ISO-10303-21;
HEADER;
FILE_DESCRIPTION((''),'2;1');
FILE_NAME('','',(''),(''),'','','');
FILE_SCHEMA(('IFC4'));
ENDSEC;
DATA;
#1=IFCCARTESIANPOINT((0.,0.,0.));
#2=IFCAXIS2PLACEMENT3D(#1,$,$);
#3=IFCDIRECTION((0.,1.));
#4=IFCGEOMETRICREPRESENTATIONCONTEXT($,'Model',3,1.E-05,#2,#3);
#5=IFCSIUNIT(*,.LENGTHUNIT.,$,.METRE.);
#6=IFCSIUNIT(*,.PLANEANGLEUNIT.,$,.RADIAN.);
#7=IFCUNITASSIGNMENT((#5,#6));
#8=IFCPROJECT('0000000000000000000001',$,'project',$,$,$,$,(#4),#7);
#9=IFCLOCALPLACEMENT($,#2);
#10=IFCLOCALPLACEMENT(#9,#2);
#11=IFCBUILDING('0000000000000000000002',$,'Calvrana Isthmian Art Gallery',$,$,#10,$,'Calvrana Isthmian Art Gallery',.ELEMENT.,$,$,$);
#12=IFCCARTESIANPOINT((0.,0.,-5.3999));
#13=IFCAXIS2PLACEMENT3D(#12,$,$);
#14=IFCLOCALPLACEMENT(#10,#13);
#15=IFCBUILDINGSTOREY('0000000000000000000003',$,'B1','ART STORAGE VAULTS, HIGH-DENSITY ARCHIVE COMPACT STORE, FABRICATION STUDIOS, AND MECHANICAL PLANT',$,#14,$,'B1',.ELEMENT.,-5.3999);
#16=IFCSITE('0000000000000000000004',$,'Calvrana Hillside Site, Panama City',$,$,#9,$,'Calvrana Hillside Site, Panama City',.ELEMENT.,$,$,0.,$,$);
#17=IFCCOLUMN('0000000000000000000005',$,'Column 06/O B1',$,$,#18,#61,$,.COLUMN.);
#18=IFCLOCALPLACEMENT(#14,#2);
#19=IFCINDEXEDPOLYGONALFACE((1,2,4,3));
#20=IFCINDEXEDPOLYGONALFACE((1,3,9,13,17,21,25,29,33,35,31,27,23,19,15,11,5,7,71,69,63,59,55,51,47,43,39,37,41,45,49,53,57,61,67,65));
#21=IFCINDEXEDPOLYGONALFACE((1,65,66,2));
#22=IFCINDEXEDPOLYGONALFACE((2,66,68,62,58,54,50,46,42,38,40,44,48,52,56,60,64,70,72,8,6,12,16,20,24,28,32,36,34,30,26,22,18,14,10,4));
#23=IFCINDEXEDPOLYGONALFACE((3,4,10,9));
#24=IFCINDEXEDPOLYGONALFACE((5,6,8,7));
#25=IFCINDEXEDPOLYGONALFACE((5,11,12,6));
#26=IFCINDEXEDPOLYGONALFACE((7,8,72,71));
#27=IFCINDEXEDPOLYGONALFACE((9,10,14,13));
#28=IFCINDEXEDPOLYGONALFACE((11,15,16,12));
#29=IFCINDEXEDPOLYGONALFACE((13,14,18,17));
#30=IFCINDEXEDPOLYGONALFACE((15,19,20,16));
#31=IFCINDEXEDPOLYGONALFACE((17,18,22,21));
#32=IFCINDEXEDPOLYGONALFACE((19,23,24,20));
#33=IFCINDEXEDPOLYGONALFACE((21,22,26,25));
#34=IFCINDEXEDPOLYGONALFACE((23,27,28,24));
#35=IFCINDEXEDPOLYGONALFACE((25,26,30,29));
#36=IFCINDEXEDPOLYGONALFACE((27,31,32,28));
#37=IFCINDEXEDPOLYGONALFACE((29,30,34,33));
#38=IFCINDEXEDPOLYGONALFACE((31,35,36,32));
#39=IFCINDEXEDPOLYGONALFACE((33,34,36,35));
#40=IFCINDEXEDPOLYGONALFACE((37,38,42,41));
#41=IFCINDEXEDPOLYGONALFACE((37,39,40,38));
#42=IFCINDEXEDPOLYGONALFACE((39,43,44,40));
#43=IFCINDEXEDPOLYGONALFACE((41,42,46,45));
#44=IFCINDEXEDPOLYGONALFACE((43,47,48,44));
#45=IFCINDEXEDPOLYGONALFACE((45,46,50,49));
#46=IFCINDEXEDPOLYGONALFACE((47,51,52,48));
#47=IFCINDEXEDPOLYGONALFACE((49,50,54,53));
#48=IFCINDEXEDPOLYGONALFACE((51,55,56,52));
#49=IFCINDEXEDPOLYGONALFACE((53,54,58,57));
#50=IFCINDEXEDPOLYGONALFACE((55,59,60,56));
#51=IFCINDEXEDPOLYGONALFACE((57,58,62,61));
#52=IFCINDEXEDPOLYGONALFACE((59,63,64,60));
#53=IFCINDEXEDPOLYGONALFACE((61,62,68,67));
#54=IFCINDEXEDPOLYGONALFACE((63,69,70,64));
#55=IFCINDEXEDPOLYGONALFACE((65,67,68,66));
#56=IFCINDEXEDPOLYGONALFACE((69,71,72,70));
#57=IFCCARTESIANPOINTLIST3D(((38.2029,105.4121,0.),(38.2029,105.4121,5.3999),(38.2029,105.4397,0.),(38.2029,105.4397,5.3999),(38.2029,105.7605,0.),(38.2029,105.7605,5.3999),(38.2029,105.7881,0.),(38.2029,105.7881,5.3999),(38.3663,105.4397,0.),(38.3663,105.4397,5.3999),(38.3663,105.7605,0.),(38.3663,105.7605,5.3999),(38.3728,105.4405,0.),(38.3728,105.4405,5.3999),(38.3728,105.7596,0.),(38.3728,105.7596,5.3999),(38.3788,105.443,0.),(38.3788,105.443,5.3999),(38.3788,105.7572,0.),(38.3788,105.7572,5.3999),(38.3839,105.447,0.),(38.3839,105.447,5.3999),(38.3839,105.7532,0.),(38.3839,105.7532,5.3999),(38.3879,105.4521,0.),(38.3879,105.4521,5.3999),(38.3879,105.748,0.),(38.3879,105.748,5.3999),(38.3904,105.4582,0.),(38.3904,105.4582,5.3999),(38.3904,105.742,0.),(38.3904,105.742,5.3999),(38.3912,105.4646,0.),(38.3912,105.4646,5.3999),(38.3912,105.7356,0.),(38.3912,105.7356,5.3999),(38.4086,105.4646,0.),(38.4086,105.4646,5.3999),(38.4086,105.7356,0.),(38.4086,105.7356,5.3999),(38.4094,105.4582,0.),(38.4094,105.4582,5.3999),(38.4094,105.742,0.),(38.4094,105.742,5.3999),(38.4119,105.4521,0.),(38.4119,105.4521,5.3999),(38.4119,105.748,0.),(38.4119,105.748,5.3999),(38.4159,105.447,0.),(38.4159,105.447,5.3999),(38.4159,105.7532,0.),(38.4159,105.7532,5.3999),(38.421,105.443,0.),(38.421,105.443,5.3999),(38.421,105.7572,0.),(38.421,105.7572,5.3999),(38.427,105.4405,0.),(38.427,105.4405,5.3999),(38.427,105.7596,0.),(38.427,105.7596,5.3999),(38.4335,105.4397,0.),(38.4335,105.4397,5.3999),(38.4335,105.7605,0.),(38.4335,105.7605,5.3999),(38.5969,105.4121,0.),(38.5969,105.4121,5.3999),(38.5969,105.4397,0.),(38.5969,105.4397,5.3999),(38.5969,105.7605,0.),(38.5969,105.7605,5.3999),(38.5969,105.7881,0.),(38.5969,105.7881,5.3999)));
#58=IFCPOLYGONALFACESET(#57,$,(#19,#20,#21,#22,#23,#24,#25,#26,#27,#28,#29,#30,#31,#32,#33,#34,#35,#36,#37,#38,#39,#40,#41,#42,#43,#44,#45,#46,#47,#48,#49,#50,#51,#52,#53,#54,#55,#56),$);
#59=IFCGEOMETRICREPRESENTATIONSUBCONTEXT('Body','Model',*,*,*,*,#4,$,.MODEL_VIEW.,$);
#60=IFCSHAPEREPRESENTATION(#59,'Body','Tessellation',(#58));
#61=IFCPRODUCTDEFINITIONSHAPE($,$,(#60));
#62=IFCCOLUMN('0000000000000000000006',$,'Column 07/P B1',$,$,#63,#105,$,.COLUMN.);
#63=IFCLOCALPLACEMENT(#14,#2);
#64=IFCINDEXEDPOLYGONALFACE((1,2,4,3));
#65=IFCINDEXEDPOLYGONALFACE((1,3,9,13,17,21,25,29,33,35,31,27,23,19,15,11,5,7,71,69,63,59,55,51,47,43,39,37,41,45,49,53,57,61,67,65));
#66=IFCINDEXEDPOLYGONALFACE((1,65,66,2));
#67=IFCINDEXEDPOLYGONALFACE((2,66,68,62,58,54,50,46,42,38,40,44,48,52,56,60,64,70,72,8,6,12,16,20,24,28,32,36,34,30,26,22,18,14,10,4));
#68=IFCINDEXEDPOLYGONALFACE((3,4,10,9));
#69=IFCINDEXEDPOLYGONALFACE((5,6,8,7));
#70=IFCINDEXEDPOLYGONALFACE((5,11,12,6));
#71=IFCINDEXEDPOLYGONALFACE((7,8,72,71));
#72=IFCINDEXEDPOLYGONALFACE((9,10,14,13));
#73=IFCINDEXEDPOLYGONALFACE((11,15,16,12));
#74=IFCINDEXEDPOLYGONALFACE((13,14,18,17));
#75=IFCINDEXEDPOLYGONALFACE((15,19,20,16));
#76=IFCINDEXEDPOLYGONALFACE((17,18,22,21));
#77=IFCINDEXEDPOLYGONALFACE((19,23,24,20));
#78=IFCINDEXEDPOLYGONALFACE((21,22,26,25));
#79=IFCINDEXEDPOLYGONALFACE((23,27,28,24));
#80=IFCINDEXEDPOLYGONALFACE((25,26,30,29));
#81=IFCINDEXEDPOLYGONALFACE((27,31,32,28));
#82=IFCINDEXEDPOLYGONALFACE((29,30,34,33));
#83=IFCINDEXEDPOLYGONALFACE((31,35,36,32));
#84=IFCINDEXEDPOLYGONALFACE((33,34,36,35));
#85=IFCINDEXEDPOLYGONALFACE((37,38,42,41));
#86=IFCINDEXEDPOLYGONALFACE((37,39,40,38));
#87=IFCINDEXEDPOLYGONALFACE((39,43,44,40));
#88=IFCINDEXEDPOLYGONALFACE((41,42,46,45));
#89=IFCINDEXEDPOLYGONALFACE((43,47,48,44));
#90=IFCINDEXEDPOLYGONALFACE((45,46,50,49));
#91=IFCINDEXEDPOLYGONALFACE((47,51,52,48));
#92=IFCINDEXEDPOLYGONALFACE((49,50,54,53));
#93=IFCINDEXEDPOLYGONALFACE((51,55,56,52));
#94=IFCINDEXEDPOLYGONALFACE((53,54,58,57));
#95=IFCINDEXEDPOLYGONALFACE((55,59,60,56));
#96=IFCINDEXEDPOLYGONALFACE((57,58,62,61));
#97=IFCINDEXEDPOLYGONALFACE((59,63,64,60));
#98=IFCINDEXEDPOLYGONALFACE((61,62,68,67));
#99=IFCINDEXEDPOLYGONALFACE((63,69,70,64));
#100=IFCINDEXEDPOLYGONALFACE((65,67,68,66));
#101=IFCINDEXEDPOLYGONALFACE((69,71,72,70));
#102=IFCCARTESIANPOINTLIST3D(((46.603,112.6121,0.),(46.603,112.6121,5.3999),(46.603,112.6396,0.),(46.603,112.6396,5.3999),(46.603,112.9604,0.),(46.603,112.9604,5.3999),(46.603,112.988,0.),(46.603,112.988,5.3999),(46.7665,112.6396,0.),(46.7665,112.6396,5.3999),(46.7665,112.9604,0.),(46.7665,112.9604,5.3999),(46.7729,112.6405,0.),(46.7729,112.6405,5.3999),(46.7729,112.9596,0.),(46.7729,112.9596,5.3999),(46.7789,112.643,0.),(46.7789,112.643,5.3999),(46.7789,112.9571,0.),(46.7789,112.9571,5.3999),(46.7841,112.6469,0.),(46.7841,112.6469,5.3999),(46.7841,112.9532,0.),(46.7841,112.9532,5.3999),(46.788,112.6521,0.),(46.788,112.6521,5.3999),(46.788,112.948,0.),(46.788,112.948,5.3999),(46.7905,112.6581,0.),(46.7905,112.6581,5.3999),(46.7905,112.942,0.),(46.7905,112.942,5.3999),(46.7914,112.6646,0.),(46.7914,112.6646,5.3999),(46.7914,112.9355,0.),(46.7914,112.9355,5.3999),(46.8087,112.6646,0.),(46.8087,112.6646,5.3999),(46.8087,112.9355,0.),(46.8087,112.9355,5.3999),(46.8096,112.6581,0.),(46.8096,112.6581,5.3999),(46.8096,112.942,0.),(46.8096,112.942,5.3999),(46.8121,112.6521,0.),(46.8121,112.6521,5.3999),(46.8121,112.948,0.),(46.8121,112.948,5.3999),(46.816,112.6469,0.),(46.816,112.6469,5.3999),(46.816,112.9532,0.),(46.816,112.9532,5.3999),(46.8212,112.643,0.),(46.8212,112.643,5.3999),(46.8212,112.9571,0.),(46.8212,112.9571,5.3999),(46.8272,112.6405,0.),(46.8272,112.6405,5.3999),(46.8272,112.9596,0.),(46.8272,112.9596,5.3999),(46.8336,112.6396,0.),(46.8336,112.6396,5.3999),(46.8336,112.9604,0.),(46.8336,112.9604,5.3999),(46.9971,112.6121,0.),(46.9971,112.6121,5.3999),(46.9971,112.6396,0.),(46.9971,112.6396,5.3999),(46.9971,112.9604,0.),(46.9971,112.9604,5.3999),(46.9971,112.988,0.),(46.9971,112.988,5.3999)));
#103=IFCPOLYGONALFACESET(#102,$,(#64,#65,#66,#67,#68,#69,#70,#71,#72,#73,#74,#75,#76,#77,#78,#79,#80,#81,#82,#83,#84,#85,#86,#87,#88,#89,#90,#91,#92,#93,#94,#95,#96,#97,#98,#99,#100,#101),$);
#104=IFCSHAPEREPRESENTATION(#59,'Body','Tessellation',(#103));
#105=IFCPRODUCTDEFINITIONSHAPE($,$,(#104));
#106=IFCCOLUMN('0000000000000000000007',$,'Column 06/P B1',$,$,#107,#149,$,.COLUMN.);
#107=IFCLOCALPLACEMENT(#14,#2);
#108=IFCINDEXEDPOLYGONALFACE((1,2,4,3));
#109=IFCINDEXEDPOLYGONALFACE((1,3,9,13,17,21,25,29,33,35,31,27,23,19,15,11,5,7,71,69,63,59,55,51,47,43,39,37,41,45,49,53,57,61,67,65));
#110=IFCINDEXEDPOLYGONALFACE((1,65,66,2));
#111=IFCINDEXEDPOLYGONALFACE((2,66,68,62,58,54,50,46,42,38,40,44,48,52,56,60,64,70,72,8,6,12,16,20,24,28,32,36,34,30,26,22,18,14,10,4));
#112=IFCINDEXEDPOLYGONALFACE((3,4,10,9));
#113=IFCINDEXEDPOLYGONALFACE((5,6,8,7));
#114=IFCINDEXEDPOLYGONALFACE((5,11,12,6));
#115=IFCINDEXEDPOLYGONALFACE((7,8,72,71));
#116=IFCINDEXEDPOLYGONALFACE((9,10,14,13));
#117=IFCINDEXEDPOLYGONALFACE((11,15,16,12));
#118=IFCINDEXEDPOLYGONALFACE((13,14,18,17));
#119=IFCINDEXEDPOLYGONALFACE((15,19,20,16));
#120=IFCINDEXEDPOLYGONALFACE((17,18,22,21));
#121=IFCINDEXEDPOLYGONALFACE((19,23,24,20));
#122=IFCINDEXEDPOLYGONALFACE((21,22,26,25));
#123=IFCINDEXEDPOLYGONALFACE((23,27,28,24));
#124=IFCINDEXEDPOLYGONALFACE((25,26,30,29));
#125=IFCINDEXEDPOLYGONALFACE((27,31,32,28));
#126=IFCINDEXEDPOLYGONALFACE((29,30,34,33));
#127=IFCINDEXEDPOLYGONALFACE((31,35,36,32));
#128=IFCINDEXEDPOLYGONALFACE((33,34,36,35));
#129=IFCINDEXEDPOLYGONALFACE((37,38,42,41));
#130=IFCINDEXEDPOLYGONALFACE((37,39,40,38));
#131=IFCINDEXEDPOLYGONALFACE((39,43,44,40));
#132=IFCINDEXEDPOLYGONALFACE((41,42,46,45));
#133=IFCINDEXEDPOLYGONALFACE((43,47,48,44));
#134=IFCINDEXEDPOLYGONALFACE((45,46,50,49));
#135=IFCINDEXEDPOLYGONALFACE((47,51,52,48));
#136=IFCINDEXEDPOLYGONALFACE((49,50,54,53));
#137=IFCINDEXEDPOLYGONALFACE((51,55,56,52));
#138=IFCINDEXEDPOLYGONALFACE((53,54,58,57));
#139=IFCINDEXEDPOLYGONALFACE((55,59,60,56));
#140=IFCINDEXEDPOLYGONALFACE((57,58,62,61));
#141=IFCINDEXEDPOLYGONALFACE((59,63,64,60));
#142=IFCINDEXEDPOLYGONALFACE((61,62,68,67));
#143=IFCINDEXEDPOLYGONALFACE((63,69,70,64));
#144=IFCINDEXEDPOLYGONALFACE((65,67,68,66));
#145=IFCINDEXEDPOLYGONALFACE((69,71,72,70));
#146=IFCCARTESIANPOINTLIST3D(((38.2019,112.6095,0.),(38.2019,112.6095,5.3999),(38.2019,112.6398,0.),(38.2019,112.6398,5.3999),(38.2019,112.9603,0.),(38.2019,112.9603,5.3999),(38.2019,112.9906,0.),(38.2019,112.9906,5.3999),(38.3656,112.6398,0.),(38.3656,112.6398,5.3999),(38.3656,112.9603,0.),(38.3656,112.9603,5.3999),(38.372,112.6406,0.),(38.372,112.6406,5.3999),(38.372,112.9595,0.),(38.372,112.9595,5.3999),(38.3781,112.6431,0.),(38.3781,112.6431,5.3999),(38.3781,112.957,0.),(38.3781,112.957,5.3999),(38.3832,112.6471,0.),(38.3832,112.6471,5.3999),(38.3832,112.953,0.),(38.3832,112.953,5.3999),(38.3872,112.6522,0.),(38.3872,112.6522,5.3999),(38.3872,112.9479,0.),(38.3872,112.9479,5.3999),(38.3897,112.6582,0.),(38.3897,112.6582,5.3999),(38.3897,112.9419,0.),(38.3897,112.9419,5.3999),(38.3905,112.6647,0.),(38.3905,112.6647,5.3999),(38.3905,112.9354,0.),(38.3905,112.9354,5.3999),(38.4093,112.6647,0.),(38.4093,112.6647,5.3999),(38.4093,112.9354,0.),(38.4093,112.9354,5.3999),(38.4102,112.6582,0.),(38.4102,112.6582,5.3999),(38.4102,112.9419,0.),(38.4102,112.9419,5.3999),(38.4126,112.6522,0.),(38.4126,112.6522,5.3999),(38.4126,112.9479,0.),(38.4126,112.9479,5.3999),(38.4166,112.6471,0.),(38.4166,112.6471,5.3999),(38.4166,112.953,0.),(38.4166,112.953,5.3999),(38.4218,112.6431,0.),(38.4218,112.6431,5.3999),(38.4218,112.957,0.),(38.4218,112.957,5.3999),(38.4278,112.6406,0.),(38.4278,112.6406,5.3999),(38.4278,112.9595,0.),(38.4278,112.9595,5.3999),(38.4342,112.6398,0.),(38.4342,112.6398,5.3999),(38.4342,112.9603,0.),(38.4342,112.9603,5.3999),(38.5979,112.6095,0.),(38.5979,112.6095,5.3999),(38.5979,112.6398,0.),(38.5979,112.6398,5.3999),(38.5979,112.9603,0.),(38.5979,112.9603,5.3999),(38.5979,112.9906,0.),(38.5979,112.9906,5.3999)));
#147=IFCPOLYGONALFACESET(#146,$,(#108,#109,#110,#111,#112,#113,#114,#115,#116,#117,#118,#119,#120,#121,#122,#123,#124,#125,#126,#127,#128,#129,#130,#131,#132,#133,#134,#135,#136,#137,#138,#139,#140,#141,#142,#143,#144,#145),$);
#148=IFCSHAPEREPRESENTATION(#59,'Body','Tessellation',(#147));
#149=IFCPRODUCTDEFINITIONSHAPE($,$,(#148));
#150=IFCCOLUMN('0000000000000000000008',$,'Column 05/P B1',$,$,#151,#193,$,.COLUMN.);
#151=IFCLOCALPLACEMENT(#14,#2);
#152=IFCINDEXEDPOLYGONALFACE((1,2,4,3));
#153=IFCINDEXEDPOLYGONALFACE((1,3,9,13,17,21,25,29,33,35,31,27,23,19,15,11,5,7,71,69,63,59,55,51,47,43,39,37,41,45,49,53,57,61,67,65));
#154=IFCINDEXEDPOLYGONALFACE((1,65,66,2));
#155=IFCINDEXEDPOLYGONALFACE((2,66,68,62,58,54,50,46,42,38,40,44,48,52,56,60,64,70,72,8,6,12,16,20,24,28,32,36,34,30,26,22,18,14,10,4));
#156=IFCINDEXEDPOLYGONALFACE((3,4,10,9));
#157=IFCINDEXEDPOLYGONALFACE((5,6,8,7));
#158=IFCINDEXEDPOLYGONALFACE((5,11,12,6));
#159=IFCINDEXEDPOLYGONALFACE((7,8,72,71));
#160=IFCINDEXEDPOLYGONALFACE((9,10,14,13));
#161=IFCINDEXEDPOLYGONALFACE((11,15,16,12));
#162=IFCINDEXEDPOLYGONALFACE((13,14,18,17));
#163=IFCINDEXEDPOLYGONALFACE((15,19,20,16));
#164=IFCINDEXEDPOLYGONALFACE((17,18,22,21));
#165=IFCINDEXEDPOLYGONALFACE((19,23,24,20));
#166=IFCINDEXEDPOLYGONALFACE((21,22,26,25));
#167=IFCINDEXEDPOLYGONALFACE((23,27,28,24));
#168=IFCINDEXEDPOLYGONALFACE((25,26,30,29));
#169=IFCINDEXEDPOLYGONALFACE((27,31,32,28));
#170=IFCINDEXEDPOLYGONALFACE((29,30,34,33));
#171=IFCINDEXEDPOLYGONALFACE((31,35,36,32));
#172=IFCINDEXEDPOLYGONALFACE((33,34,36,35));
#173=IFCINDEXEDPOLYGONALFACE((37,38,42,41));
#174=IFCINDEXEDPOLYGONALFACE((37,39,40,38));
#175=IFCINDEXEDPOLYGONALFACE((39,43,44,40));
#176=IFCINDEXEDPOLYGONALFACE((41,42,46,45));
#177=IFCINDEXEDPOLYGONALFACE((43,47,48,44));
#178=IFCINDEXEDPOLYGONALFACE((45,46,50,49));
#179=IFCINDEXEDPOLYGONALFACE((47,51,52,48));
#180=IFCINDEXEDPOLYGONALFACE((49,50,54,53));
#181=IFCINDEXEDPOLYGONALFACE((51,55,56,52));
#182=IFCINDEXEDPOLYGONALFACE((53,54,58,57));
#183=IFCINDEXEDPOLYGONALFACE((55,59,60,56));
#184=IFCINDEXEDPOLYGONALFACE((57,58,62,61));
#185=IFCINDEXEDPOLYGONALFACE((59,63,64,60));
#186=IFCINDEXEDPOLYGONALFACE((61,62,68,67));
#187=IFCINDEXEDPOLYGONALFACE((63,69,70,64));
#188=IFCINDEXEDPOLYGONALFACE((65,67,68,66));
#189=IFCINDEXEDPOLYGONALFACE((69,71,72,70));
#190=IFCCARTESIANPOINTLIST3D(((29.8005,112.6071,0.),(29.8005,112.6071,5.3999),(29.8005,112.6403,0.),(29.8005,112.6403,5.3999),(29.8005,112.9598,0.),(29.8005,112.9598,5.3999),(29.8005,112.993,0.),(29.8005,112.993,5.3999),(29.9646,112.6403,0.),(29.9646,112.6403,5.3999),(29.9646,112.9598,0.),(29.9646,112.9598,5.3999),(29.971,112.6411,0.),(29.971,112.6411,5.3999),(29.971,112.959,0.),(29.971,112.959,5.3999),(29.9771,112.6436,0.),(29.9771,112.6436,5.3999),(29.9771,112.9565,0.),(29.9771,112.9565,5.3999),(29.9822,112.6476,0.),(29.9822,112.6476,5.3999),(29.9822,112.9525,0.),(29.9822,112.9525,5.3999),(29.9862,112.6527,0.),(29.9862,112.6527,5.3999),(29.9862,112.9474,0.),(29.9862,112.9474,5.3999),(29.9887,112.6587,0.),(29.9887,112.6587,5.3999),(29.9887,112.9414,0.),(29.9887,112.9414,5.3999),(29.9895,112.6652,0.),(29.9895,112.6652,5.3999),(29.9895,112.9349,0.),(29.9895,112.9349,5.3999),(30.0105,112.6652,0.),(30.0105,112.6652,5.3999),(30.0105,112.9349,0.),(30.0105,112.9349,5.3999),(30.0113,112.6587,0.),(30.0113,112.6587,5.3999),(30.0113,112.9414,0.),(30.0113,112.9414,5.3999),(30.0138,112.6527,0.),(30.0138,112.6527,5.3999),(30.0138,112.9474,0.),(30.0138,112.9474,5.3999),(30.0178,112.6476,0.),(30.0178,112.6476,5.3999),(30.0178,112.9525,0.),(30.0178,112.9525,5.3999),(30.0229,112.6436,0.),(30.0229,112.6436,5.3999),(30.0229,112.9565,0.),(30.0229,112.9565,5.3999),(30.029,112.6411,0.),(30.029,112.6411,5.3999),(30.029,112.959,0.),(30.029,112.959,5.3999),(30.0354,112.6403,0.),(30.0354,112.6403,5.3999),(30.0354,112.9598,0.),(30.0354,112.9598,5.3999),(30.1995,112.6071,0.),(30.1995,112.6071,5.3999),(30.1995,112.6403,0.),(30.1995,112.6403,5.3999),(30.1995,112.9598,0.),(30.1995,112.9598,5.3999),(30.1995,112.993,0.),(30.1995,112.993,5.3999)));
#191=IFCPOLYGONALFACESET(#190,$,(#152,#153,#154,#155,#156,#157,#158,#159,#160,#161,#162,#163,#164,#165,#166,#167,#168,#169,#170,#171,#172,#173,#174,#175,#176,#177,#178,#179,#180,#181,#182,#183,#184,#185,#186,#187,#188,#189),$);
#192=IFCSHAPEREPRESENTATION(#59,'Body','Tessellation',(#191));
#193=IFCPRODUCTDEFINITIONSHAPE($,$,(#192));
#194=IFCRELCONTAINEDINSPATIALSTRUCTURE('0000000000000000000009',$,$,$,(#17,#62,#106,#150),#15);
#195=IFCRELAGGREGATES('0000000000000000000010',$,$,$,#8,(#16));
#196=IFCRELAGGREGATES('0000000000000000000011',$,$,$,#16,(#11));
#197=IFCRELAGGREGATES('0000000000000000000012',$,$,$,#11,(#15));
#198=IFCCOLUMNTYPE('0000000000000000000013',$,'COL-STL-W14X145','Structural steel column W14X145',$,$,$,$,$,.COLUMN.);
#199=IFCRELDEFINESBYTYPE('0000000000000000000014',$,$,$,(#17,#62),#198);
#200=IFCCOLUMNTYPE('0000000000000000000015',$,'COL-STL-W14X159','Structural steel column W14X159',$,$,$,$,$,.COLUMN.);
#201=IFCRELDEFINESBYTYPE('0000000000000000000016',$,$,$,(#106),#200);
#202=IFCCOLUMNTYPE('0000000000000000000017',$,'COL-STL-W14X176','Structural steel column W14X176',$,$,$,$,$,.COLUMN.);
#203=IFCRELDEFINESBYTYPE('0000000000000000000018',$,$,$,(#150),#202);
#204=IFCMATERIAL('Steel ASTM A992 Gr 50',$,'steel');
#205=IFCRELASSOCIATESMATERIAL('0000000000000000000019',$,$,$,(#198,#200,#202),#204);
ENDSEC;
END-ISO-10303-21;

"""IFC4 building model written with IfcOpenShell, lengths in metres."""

from ifc_helpers import new_model, si_unit, direction, frame, origin, origin_2d, place, context, subcontext, project, spatial, i_section, extrude, material, material_profile, profile_set, type_object, element, save


model = new_model("IFC4")

# Units and contexts
model_context = context("Model", 3, precision=1e-05, world=origin(), true_north=direction((0.0, 1.0)))
body_context = subcontext(model_context, "Body", "Model", "MODEL_VIEW")
ifc_project = project(units=[si_unit("LENGTHUNIT", "METRE"), si_unit("PLANEANGLEUNIT", "RADIAN")], contexts=[model_context])

# Site, building, storey
site_placement = place(None, origin())
site = spatial("IfcSite", under=ifc_project, at=site_placement, Name="Calvrana Hillside Site, Panama City", LongName="Calvrana Hillside Site, Panama City", CompositionType="ELEMENT", RefElevation=0.0)
building_placement = place(site_placement, origin())
building = spatial("IfcBuilding", under=site, at=building_placement, Name="Calvrana Isthmian Art Gallery", LongName="Calvrana Isthmian Art Gallery", CompositionType="ELEMENT")
storey_placement = place(building_placement, frame((0.0, 0.0, -5.3999)))
storey = spatial("IfcBuildingStorey", under=building, at=storey_placement, Name="B1", Description="ART STORAGE VAULTS, HIGH-DENSITY ARCHIVE COMPACT STORE, FABRICATION STUDIOS, AND MECHANICAL PLANT", LongName="B1", CompositionType="ELEMENT", Elevation=-5.3999)

# Columns
ifc_material_1 = material(Name="Steel ASTM A992 Gr 50", Category="steel")
ifc_material_profile_1 = material_profile(ifc_material_1, i_section(OverallWidth=0.394, OverallDepth=0.376, WebThickness=0.0173, FlangeThickness=0.0276, FilletRadius=0.0249, at=origin_2d()), Name="W14X145")
ifc_profile_set_1 = profile_set([ifc_material_profile_1], Name="Steel ASTM A992 Gr 50")
column_type_1 = type_object("IfcColumnType", Name="COL-STL-W14X145", Description="Structural steel column W14X145", PredefinedType="COLUMN", material=ifc_profile_set_1)
for number, where, z_axis, x_axis, name in (
    (1, (38.3999, 105.6001, 0.0), (0.0, 0.0, 1.0), (1.0, 0.0, 0.0), "Column 06/O B1"),
    (2, (46.8, 112.8, 0.0), (0.0, 0.0, 1.0), (1.0, 0.0, 0.0), "Column 07/P B1"),
):
    element("IfcColumn", number, at=place(storey_placement, frame(where, z_axis=z_axis, x_axis=x_axis)), inside=storey, type_object=column_type_1, Name=name, PredefinedType="COLUMN", context=body_context, shape_type="SweptSolid", body=[
        extrude(i_section(OverallWidth=0.394, OverallDepth=0.376, WebThickness=0.0173, FlangeThickness=0.0276, FilletRadius=0.0249, at=origin_2d()), origin(), (0.0, 0.0, 1.0), 5.3999),
    ])
ifc_material_profile_2 = material_profile(ifc_material_1, i_section(OverallWidth=0.396, OverallDepth=0.3811, WebThickness=0.0188, FlangeThickness=0.0303, FilletRadius=0.0249, at=origin_2d()), Name="W14X159")
ifc_profile_set_2 = profile_set([ifc_material_profile_2], Name="Steel ASTM A992 Gr 50")
column_type_2 = type_object("IfcColumnType", Name="COL-STL-W14X159", Description="Structural steel column W14X159", PredefinedType="COLUMN", material=ifc_profile_set_2)
column_1_placement = place(storey_placement, frame((38.3999, 112.8, 0.0), z_axis=(0.0, 0.0, 1.0), x_axis=(1.0, 0.0, 0.0)))
element("IfcColumn", 3, at=column_1_placement, inside=storey, type_object=column_type_2, Name="Column 06/P B1", PredefinedType="COLUMN", context=body_context, shape_type="SweptSolid", body=[
    extrude(i_section(OverallWidth=0.396, OverallDepth=0.3811, WebThickness=0.0188, FlangeThickness=0.0303, FilletRadius=0.0249, at=origin_2d()), origin(), (0.0, 0.0, 1.0), 5.3999),
])
ifc_material_profile_3 = material_profile(ifc_material_1, i_section(OverallWidth=0.3989, OverallDepth=0.386, WebThickness=0.021, FlangeThickness=0.0332, FilletRadius=0.0249, at=origin_2d()), Name="W14X176")
ifc_profile_set_3 = profile_set([ifc_material_profile_3], Name="Steel ASTM A992 Gr 50")
column_type_3 = type_object("IfcColumnType", Name="COL-STL-W14X176", Description="Structural steel column W14X176", PredefinedType="COLUMN", material=ifc_profile_set_3)
column_2_placement = place(storey_placement, frame((30.0, 112.8, 0.0), z_axis=(0.0, 0.0, 1.0), x_axis=(1.0, 0.0, 0.0)))
element("IfcColumn", 4, at=column_2_placement, inside=storey, type_object=column_type_3, Name="Column 05/P B1", PredefinedType="COLUMN", context=body_context, shape_type="SweptSolid", body=[
    extrude(i_section(OverallWidth=0.3989, OverallDepth=0.386, WebThickness=0.021, FlangeThickness=0.0332, FilletRadius=0.0249, at=origin_2d()), origin(), (0.0, 0.0, 1.0), 5.3999),
])

save(model, "model.ifc")
